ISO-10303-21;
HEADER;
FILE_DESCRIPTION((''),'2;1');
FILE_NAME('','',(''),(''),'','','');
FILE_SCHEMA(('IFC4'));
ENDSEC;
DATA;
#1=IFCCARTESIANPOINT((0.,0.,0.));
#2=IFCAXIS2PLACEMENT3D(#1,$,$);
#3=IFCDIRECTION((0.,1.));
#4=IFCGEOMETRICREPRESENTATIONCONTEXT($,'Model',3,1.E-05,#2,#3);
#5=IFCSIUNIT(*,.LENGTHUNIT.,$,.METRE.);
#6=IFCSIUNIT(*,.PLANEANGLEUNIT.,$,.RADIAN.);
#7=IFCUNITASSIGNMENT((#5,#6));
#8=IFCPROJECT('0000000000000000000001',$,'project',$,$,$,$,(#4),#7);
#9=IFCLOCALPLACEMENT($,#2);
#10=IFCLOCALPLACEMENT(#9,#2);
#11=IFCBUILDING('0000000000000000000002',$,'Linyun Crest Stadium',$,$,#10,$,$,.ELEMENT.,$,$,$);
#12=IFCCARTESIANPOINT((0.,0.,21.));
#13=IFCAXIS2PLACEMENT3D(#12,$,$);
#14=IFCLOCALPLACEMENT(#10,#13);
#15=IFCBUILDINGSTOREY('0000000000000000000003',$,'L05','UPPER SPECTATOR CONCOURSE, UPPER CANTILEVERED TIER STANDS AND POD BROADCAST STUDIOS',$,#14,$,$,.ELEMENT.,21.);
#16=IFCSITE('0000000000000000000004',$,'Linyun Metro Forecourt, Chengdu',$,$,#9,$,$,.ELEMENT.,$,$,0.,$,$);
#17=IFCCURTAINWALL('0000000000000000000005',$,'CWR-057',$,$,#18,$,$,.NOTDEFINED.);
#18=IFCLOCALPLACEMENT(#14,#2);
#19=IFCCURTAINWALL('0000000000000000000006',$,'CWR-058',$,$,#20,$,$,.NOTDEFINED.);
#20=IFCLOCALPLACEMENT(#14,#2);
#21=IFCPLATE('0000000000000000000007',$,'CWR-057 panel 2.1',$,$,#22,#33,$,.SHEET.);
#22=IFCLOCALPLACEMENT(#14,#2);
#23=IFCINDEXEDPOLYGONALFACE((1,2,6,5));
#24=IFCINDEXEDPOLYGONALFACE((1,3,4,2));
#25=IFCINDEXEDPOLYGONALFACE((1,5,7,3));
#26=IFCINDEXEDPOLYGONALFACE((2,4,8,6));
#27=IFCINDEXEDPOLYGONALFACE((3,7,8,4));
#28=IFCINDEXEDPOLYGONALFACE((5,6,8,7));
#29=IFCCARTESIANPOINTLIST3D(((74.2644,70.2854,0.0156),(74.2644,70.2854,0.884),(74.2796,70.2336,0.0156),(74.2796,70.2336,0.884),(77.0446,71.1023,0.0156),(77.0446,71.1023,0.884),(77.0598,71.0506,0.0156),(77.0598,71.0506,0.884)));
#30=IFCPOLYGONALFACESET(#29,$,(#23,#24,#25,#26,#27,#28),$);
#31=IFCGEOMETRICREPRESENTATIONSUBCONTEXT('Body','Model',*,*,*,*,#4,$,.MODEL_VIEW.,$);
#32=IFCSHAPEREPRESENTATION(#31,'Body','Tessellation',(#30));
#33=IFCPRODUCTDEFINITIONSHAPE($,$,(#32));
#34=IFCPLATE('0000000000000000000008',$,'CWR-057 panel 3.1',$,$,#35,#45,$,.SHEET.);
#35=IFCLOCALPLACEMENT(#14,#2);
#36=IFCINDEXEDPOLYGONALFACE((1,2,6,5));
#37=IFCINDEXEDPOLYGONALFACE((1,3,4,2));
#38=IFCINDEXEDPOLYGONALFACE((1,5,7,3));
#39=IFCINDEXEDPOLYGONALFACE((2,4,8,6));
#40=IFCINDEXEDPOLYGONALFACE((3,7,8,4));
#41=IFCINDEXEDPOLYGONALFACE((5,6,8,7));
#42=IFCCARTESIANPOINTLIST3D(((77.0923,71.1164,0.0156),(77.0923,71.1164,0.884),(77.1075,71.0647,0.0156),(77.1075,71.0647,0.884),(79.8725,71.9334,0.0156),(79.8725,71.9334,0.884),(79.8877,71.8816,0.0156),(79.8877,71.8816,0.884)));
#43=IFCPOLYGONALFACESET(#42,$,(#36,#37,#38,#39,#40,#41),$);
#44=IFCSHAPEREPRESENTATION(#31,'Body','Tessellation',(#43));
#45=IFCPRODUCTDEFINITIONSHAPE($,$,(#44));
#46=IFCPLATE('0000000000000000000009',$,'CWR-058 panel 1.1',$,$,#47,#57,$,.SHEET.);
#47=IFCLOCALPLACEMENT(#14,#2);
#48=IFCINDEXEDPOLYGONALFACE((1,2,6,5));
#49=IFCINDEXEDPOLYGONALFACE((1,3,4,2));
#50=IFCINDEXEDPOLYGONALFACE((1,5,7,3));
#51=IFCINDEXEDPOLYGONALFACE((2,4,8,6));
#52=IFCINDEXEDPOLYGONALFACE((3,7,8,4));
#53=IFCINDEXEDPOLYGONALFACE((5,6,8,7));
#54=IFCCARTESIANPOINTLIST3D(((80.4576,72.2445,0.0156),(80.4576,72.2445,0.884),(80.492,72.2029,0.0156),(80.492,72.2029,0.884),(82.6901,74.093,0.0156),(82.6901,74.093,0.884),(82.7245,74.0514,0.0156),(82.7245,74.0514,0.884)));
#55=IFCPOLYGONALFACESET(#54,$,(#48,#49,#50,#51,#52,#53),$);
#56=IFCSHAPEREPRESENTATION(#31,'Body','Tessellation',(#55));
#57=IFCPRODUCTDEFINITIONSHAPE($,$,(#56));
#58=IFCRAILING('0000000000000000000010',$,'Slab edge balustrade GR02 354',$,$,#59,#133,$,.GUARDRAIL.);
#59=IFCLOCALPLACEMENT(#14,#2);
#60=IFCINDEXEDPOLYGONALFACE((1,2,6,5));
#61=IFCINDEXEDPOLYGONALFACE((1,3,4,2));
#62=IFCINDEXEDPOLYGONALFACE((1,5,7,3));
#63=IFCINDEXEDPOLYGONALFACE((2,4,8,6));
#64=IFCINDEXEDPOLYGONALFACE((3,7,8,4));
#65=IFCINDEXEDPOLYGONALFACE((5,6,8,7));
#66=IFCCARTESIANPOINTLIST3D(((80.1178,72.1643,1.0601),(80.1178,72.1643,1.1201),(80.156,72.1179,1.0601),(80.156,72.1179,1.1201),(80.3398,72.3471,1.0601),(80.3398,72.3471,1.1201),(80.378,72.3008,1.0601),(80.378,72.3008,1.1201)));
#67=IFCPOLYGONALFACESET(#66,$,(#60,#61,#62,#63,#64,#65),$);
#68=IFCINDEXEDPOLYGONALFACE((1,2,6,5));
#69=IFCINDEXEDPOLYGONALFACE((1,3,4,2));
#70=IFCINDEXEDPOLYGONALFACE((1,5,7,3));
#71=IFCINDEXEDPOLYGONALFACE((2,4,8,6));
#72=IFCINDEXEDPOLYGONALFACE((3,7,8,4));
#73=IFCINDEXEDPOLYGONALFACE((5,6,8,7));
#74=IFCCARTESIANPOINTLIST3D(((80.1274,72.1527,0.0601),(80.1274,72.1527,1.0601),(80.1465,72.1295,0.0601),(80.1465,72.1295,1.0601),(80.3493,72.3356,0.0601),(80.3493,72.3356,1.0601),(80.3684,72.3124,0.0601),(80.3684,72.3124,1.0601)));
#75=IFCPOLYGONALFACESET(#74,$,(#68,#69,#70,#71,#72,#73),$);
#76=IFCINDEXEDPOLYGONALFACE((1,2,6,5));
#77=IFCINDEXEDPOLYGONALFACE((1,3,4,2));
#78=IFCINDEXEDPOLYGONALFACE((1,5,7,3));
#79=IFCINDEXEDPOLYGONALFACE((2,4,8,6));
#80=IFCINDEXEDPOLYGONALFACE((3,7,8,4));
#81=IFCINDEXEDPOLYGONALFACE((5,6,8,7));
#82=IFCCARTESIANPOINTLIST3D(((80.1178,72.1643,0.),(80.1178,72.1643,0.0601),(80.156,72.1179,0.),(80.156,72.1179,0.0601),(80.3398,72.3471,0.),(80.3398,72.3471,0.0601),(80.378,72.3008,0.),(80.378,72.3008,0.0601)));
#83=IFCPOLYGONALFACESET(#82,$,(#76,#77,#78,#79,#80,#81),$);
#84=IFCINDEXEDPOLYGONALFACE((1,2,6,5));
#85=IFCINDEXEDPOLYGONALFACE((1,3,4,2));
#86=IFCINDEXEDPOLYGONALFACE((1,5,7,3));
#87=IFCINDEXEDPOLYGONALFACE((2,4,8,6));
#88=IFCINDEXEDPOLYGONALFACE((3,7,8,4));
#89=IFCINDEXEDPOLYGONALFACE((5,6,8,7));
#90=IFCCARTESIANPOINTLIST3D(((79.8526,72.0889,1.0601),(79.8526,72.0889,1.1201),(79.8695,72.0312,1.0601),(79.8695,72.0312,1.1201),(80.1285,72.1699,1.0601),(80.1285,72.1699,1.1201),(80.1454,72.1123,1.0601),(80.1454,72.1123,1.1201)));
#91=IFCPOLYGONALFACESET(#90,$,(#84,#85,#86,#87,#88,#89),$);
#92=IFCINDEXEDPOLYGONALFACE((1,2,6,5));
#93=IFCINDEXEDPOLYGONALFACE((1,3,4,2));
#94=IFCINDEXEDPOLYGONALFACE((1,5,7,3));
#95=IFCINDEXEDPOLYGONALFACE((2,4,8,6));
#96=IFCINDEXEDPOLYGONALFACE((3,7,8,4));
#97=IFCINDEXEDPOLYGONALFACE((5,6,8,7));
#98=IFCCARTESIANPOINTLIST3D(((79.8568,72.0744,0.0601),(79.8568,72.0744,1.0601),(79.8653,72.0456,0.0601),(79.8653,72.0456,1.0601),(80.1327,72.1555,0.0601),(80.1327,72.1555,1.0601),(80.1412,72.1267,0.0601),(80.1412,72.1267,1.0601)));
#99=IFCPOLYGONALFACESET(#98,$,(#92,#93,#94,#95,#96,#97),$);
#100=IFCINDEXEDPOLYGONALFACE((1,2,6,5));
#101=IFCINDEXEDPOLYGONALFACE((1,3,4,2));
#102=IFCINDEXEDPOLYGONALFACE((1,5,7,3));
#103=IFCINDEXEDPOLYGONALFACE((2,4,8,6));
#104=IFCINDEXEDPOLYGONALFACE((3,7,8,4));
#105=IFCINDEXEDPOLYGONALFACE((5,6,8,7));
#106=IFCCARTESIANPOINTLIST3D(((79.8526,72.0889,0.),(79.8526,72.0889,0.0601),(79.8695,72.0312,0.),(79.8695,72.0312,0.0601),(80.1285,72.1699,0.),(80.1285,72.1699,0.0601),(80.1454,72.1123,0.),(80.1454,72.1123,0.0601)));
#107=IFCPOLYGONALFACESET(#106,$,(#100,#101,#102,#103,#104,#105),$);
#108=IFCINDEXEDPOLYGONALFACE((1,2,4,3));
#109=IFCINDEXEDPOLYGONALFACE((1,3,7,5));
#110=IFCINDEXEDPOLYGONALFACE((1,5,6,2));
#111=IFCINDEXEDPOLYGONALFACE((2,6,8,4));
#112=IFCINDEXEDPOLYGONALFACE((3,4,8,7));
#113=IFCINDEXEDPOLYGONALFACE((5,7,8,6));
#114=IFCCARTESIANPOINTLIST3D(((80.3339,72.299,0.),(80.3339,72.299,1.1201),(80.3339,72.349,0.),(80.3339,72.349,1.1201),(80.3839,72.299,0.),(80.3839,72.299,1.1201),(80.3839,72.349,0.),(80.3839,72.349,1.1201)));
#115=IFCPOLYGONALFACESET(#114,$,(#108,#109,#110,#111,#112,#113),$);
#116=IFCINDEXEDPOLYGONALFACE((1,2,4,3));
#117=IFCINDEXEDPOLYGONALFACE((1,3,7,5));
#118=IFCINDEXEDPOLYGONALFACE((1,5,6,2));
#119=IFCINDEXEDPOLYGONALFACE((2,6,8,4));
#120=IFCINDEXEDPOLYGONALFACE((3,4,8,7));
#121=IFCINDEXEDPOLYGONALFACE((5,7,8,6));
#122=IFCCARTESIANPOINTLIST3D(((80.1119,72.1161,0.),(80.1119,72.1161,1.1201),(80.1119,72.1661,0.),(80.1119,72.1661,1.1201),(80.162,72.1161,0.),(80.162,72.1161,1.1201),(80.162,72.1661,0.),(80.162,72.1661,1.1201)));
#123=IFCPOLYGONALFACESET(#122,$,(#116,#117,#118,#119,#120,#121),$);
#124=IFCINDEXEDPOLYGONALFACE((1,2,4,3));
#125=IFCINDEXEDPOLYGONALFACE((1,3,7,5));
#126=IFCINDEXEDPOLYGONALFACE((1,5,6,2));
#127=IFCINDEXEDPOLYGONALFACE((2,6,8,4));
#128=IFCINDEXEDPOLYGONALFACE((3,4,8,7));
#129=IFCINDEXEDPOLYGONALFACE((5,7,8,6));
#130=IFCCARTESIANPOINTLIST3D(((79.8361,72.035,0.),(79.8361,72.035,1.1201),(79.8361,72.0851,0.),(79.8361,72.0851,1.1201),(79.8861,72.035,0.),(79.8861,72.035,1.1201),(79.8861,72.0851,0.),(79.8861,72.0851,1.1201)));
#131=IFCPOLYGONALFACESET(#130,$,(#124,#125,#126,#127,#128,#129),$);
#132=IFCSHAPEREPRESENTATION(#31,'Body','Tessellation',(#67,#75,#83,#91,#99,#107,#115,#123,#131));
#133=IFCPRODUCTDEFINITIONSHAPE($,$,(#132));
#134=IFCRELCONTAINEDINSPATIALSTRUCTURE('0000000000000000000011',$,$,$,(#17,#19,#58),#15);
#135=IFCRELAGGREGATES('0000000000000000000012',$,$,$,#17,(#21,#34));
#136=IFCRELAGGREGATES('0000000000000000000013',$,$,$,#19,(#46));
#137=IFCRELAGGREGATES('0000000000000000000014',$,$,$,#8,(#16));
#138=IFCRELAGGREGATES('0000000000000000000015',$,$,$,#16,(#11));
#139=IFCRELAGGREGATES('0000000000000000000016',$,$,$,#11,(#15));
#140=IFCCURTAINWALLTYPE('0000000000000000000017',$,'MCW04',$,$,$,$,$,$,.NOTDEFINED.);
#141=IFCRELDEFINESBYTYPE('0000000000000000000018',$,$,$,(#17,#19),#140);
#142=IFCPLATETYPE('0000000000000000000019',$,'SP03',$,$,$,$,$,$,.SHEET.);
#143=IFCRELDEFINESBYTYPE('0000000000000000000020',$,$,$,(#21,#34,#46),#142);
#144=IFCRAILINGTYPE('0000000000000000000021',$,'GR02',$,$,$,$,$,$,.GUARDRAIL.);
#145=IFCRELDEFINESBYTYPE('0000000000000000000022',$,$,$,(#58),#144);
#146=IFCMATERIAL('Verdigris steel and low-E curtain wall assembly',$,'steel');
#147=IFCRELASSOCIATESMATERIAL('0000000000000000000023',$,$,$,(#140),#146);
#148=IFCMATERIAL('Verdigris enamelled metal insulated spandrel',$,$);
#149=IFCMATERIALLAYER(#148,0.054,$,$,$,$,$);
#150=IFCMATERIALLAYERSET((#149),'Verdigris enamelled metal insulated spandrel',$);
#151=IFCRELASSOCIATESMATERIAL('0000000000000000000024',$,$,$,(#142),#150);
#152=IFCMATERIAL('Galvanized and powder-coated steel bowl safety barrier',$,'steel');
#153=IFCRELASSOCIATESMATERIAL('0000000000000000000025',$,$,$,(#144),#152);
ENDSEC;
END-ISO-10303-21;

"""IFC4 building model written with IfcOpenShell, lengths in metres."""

from ifc_helpers import new_model, si_unit, direction, frame, origin, origin_2d, place, context, subcontext, project, spatial, rectangle, extrude, material, layer, layer_set, type_object, element, aggregate, save


model = new_model("IFC4")

# Units and contexts
model_context = context("Model", 3, precision=1e-05, world=origin(), true_north=direction((0.0, 1.0)))
body_context = subcontext(model_context, "Body", "Model", "MODEL_VIEW")
ifc_project = project(units=[si_unit("LENGTHUNIT", "METRE"), si_unit("PLANEANGLEUNIT", "RADIAN")], contexts=[model_context])

# Site, building, storey
site_placement = place(None, origin())
site = spatial("IfcSite", under=ifc_project, at=site_placement, Name="Linyun Metro Forecourt, Chengdu", CompositionType="ELEMENT", RefElevation=0.0)
building_placement = place(site_placement, origin())
building = spatial("IfcBuilding", under=site, at=building_placement, Name="Linyun Crest Stadium", CompositionType="ELEMENT")
storey_placement = place(building_placement, frame((0.0, 0.0, 21.0)))
storey = spatial("IfcBuildingStorey", under=building, at=storey_placement, Name="L05", Description="UPPER SPECTATOR CONCOURSE, UPPER CANTILEVERED TIER STANDS AND POD BROADCAST STUDIOS", CompositionType="ELEMENT", Elevation=21.0)

# Curtain walls
ifc_material_1 = material(Name="Verdigris steel and low-E curtain wall assembly", Category="steel")
curtain_wall_type = type_object("IfcCurtainWallType", Name="MCW04", PredefinedType="NOTDEFINED", material=ifc_material_1)
curtain_wall_1_placement = place(storey_placement, origin())
curtain_wall_1 = element("IfcCurtainWall", 1, at=curtain_wall_1_placement, inside=storey, type_object=curtain_wall_type, Name="CWR-057", PredefinedType="NOTDEFINED")
curtain_wall_2_placement = place(storey_placement, origin())
curtain_wall_2 = element("IfcCurtainWall", 2, at=curtain_wall_2_placement, inside=storey, type_object=curtain_wall_type, Name="CWR-058", PredefinedType="NOTDEFINED")

# Shared definitions
ifc_material_2 = material(Name="Verdigris enamelled metal insulated spandrel")
ifc_layer_1 = layer(ifc_material_2, 0.054)
ifc_layer_set_1 = layer_set([ifc_layer_1], Name="Verdigris enamelled metal insulated spandrel")
plate_type_1 = type_object("IfcPlateType", Name="SP03", PredefinedType="SHEET", material=ifc_layer_set_1)

# Plates
plate_1_placement = place(storey_placement, frame((75.6621, 70.668, 0.0156), z_axis=(0.0, 0.0, 1.0), x_axis=(0.959437, 0.281923, 0.0)))
plate_1 = element("IfcPlate", 3, at=plate_1_placement, type_object=plate_type_1, Name="CWR-057 panel 2.1", PredefinedType="SHEET", context=body_context, shape_type="SweptSolid", body=[
    extrude(rectangle(XDim=2.8977, YDim=0.054, at=origin_2d()), origin(), (0.0, 0.0, 1.0), 0.8684),
])
plate_2_placement = place(storey_placement, frame((78.49, 71.499, 0.0156), z_axis=(0.0, 0.0, 1.0), x_axis=(0.959437, 0.281923, 0.0)))
plate_2 = element("IfcPlate", 4, at=plate_2_placement, type_object=plate_type_1, Name="CWR-057 panel 3.1", PredefinedType="SHEET", context=body_context, shape_type="SweptSolid", body=[
    extrude(rectangle(XDim=2.8977, YDim=0.054, at=origin_2d()), origin(), (0.0, 0.0, 1.0), 0.8684),
])
aggregate(curtain_wall_1, [plate_1, plate_2])
plate_3_placement = place(storey_placement, frame((81.5911, 73.1479, 0.0156), z_axis=(0.0, 0.0, 1.0), x_axis=(0.770246, 0.637747, 0.0)))
plate_3 = element("IfcPlate", 5, at=plate_3_placement, type_object=plate_type_1, Name="CWR-058 panel 1.1", PredefinedType="SHEET", context=body_context, shape_type="SweptSolid", body=[
    extrude(rectangle(XDim=2.8984, YDim=0.054, at=origin_2d()), origin(), (0.0, 0.0, 1.0), 0.8684),
])
aggregate(curtain_wall_2, [plate_3])

# Railing
ifc_material_3 = material(Name="Galvanized and powder-coated steel bowl safety barrier", Category="steel")
railing_type = type_object("IfcRailingType", Name="GR02", PredefinedType="GUARDRAIL", material=ifc_material_3)
railing_placement = place(storey_placement, frame((80.3589, 72.324, 0.0)))
element("IfcRailing", 6, at=railing_placement, inside=storey, type_object=railing_type, Name="Slab edge balustrade GR02 354", PredefinedType="GUARDRAIL", context=body_context, shape_type="SweptSolid", body=[
    extrude(rectangle(XDim=0.0601, YDim=0.0601, at=origin_2d()), frame((0.0, 0.0, 1.0901), z_axis=(-0.771759, -0.635916, 0.0), x_axis=(0.635916, -0.771759, 0.0)), (0.0, 0.0, 1.0), 0.2876),
    extrude(rectangle(XDim=0.03, YDim=1.0, at=origin_2d()), frame((0.0, 0.0, 0.5601), z_axis=(-0.771759, -0.635916, 0.0), x_axis=(0.635916, -0.771759, 0.0)), (0.0, 0.0, 1.0), 0.2876),
    extrude(rectangle(XDim=0.0601, YDim=0.0601, at=origin_2d()), frame((0.0, 0.0, 0.03), z_axis=(-0.771759, -0.635916, 0.0), x_axis=(0.635916, -0.771759, 0.0)), (0.0, 0.0, 1.0), 0.2876),
    extrude(rectangle(XDim=0.0601, YDim=0.0601, at=origin_2d()), frame((-0.2219, -0.1829, 1.0901), z_axis=(-0.959447, -0.281891, 0.0), x_axis=(0.281891, -0.959447, 0.0)), (0.0, 0.0, 1.0), 0.2876),
    extrude(rectangle(XDim=0.03, YDim=1.0, at=origin_2d()), frame((-0.2219, -0.1829, 0.5601), z_axis=(-0.959447, -0.281891, 0.0), x_axis=(0.281891, -0.959447, 0.0)), (0.0, 0.0, 1.0), 0.2876),
    extrude(rectangle(XDim=0.0601, YDim=0.0601, at=origin_2d()), frame((-0.2219, -0.1829, 0.03), z_axis=(-0.959447, -0.281891, 0.0), x_axis=(0.281891, -0.959447, 0.0)), (0.0, 0.0, 1.0), 0.2876),
    extrude(rectangle(XDim=0.05, YDim=0.05, at=origin_2d()), origin(), (0.0, 0.0, 1.0), 1.1201),
    extrude(rectangle(XDim=0.05, YDim=0.05, at=origin_2d()), frame((-0.2219, -0.1829, 0.0)), (0.0, 0.0, 1.0), 1.1201),
    extrude(rectangle(XDim=0.05, YDim=0.05, at=origin_2d()), frame((-0.4978, -0.2639, 0.0)), (0.0, 0.0, 1.0), 1.1201),
])

save(model, "model.ifc")
